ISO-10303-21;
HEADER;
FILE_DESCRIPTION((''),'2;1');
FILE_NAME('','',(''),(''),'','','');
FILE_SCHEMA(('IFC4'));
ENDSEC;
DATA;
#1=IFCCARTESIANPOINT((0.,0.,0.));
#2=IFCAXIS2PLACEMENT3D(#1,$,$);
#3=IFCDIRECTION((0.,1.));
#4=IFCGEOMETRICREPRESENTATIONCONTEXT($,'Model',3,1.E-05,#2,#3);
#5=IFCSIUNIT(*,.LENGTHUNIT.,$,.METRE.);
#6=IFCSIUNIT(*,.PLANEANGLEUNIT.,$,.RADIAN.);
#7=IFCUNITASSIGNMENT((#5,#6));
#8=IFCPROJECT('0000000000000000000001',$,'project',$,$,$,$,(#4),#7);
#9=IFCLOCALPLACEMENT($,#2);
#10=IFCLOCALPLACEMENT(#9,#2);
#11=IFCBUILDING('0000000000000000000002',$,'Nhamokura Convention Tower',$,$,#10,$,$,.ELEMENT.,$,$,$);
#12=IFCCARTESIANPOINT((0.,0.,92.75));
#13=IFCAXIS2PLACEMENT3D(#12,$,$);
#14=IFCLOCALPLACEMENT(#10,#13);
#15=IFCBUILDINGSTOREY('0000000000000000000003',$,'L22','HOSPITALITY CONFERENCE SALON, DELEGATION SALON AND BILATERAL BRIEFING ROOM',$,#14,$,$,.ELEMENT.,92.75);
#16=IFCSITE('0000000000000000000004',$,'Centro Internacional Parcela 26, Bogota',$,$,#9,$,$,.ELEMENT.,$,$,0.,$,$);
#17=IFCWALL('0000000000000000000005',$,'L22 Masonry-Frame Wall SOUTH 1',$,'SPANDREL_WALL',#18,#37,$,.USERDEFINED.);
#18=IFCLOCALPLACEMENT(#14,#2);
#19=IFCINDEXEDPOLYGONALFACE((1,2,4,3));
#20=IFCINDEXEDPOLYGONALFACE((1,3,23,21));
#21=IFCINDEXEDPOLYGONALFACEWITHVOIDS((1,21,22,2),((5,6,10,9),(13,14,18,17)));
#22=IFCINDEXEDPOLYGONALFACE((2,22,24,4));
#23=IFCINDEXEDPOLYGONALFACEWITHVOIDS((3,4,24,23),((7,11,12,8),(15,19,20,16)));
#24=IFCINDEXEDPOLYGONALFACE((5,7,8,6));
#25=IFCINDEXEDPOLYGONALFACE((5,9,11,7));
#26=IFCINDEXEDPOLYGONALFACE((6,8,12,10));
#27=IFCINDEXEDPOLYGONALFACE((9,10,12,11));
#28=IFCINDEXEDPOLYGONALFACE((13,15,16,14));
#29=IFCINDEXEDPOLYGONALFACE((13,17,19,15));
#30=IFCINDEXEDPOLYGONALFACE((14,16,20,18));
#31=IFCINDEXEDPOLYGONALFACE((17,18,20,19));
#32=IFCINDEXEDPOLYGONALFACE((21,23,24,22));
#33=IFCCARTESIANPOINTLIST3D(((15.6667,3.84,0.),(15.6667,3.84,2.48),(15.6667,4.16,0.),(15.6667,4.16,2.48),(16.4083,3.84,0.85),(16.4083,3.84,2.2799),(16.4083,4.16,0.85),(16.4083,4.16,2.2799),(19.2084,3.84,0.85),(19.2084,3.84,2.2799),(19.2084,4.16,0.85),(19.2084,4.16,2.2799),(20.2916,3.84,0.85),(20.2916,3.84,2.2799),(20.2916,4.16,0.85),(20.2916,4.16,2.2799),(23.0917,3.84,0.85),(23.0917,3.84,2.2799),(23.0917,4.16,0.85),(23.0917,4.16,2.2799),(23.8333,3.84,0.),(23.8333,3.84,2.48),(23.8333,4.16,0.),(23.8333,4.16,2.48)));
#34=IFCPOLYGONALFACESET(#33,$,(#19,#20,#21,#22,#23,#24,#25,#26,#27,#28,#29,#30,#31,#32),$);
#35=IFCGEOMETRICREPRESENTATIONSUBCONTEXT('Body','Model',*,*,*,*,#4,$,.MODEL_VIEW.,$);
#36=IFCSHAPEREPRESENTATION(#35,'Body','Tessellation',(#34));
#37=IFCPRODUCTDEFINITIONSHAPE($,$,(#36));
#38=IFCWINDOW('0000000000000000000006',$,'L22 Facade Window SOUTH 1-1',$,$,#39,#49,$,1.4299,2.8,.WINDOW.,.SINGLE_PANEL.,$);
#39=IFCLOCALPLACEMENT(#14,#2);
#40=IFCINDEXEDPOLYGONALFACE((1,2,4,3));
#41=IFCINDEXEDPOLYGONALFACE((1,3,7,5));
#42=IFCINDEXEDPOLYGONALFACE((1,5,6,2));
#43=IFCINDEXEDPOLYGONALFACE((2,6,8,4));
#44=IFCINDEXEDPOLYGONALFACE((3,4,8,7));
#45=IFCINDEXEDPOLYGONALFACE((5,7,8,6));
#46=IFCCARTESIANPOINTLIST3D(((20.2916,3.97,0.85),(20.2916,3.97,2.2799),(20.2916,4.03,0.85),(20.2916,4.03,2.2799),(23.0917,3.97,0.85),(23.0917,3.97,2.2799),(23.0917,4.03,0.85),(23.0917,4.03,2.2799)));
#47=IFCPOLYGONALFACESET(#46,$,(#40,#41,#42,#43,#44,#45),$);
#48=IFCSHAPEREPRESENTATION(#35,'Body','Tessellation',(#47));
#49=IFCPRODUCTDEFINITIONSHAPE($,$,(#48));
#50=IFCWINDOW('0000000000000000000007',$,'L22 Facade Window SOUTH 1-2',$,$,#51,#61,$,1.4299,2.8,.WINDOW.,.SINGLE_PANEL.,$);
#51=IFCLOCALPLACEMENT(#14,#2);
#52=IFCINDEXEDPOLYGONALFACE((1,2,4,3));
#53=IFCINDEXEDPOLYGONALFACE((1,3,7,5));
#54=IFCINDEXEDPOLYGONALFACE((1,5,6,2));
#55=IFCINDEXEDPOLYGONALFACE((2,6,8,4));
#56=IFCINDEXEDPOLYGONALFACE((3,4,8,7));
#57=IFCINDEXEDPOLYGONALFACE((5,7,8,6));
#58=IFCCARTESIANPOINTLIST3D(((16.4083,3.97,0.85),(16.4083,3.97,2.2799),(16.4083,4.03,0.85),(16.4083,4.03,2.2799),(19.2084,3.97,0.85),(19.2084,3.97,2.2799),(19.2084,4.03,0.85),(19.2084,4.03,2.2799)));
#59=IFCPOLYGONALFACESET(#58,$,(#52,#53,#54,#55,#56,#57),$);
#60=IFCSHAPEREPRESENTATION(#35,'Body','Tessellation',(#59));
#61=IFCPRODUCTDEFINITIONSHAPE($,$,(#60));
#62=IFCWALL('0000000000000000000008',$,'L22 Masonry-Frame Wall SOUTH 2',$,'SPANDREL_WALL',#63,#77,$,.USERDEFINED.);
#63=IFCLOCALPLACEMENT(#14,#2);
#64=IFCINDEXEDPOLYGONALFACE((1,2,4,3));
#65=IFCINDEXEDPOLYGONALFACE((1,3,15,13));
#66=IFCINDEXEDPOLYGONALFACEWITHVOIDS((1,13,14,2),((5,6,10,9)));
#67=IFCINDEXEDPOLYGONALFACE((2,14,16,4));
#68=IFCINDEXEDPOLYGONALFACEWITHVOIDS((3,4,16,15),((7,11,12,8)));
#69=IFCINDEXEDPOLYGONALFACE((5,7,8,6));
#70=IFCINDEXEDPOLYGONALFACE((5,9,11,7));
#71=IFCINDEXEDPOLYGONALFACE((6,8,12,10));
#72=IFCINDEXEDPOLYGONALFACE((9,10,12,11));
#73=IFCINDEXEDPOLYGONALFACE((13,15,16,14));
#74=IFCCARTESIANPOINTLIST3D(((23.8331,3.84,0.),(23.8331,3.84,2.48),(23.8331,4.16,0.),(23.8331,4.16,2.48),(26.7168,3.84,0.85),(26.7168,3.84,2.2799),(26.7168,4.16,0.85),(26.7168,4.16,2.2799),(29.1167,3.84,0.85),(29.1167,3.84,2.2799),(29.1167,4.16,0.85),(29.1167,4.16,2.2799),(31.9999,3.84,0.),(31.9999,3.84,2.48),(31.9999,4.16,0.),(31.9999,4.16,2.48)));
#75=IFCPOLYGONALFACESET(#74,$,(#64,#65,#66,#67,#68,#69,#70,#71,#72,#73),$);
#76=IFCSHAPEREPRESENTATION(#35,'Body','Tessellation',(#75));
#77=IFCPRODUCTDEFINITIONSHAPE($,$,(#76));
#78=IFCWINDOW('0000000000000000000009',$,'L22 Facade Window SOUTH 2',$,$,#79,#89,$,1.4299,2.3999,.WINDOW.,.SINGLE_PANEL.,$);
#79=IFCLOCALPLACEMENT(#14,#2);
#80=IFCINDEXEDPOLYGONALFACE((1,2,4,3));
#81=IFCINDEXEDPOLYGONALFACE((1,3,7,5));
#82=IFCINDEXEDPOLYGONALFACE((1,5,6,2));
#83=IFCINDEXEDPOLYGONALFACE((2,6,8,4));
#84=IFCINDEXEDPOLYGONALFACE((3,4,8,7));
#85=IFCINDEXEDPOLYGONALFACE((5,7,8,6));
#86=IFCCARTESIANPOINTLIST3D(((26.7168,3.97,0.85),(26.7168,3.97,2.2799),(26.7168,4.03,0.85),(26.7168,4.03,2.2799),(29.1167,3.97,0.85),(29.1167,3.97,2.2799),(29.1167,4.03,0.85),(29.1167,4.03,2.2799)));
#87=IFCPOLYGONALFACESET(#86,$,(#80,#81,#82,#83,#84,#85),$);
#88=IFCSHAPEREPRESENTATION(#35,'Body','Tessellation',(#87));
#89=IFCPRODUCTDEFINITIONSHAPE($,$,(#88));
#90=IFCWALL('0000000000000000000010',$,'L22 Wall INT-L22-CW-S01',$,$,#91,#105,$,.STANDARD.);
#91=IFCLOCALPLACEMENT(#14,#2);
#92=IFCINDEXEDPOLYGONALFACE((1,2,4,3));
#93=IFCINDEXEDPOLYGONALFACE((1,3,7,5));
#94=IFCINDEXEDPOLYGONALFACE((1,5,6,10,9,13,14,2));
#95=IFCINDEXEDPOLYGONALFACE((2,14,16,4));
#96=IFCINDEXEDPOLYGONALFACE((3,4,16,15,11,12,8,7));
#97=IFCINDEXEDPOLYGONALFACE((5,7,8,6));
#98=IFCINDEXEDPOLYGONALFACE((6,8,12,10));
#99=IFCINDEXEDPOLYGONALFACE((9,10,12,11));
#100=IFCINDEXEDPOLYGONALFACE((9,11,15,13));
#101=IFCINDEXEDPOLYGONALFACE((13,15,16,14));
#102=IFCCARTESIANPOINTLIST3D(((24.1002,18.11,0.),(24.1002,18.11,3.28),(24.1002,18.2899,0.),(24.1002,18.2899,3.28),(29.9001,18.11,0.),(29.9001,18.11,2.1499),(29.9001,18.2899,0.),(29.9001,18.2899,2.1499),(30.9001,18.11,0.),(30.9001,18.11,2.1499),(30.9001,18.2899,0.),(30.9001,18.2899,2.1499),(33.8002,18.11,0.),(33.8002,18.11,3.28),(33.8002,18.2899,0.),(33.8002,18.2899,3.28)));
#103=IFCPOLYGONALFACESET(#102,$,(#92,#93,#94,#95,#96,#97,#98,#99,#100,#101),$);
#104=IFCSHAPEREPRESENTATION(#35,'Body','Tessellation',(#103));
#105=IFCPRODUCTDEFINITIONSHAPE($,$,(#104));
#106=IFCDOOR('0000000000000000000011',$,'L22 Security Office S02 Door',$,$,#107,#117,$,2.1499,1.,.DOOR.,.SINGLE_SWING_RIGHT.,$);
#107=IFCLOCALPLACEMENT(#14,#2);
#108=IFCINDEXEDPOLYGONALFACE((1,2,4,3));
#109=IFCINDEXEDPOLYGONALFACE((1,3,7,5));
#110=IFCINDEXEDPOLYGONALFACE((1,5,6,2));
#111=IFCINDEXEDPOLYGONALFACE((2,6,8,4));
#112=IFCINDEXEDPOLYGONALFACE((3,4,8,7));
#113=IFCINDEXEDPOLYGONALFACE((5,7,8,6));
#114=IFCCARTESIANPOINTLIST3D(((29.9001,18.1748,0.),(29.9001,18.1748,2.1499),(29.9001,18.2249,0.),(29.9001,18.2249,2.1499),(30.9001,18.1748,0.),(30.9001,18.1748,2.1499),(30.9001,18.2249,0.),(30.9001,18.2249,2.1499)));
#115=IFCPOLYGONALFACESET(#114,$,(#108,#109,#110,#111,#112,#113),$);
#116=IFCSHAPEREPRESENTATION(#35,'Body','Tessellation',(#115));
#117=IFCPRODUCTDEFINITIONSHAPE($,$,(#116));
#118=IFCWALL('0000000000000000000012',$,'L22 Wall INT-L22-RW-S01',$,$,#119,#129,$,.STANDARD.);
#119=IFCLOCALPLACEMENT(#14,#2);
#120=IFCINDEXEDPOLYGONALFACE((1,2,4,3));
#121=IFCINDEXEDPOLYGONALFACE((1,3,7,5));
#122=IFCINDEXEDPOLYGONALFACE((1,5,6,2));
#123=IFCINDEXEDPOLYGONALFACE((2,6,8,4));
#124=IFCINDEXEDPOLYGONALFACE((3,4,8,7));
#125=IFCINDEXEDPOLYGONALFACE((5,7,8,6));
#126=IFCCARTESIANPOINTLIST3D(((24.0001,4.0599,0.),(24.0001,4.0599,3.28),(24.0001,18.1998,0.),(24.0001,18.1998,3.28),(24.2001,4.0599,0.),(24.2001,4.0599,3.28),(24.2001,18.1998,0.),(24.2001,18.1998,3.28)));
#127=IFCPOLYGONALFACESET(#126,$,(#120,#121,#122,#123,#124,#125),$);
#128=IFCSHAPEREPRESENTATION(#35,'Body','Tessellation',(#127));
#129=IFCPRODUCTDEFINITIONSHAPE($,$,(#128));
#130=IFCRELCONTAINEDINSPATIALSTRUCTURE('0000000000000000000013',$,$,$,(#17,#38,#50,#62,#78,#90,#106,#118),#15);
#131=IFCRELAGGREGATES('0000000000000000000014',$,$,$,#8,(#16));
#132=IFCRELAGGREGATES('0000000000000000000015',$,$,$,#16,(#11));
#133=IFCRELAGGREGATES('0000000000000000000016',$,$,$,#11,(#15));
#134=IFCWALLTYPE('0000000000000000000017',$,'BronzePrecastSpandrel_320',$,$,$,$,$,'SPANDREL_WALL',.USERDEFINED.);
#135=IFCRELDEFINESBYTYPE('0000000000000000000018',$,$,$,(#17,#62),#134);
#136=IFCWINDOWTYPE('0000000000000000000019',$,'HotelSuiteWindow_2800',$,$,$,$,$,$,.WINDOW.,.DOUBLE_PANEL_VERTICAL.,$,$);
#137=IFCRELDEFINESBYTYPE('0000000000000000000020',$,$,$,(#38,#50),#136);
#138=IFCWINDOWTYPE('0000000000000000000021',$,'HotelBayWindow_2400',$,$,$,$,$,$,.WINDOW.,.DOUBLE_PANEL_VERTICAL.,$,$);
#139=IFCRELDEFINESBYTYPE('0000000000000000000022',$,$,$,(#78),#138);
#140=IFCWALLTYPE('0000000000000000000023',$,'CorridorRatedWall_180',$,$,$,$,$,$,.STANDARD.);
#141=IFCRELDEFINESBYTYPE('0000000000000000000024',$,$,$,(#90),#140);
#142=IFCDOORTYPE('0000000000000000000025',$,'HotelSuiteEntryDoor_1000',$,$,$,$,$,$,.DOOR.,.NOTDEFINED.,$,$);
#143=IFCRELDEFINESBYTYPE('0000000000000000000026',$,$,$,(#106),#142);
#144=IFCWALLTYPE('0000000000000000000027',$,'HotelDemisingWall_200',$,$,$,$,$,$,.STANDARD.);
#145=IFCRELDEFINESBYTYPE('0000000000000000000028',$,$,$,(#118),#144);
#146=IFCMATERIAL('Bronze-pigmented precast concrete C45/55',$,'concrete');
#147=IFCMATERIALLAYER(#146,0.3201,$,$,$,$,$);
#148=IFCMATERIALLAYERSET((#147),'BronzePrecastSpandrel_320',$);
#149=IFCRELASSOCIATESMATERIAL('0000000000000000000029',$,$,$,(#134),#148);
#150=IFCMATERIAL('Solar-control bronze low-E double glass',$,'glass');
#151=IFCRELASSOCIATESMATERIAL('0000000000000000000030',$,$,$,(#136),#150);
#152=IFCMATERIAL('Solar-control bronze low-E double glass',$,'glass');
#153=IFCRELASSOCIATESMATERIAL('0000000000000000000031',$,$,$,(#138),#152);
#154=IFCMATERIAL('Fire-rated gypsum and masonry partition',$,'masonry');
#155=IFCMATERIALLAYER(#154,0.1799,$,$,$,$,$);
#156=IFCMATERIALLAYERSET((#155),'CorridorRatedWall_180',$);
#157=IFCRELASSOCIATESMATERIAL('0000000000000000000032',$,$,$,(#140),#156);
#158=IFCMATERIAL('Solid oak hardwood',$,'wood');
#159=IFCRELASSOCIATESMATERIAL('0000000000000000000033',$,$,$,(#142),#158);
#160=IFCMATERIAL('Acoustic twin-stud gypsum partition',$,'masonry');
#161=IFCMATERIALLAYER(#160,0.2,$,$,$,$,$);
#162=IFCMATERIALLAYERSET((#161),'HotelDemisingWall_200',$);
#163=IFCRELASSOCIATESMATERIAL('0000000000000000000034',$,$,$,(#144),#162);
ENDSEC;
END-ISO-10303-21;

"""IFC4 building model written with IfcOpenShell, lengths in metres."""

from ifc_helpers import new_model, si_unit, direction, frame, frame_2d, origin, place, context, subcontext, project, spatial, rectangle, extrude, material, layer, layer_set, type_object, element, fill, save


model = new_model("IFC4")

# Units and contexts
model_context = context("Model", 3, precision=1e-05, world=origin(), true_north=direction((0.0, 1.0)))
body_context = subcontext(model_context, "Body", "Model", "MODEL_VIEW")
ifc_project = project(units=[si_unit("LENGTHUNIT", "METRE"), si_unit("PLANEANGLEUNIT", "RADIAN")], contexts=[model_context])

# Site, building, storey
site_placement = place(None, origin())
site = spatial("IfcSite", under=ifc_project, at=site_placement, Name="Centro Internacional Parcela 26, Bogota", CompositionType="ELEMENT", RefElevation=0.0)
building_placement = place(site_placement, origin())
building = spatial("IfcBuilding", under=site, at=building_placement, Name="Nhamokura Convention Tower", CompositionType="ELEMENT")
storey_placement = place(building_placement, frame((0.0, 0.0, 92.75)))
storey = spatial("IfcBuildingStorey", under=building, at=storey_placement, Name="L22", Description="HOSPITALITY CONFERENCE SALON, DELEGATION SALON AND BILATERAL BRIEFING ROOM", CompositionType="ELEMENT", Elevation=92.75)

# Wall, openings, windows
ifc_material_1 = material(Name="Bronze-pigmented precast concrete C45/55", Category="concrete")
ifc_layer_1 = layer(ifc_material_1, 0.3201)
ifc_layer_set_1 = layer_set([ifc_layer_1], Name="BronzePrecastSpandrel_320")
wall_type_1 = type_object("IfcWallType", Name="BronzePrecastSpandrel_320", ElementType="SPANDREL_WALL", PredefinedType="USERDEFINED", material=ifc_layer_set_1)
wall_1_placement = place(storey_placement, frame((23.8333, 4.0, 0.0), z_axis=(0.0, 0.0, 1.0), x_axis=(-1.0, 0.0, 0.0)))
wall_1 = element("IfcWall", 1, at=wall_1_placement, inside=storey, type_object=wall_type_1, Name="L22 Masonry-Frame Wall SOUTH 1", ObjectType="SPANDREL_WALL", PredefinedType="USERDEFINED", context=body_context, shape_type="SweptSolid", body=[
    extrude(rectangle(XDim=8.1665, YDim=0.3201, at=frame_2d((4.0833, 0.0))), origin(), (0.0, 0.0, 1.0), 2.48),
])
opening_1_placement = place(wall_1_placement, frame((0.7417, 0.0, 0.8501)))
opening_1 = element("IfcOpeningElement", 2, at=opening_1_placement, cuts=wall_1, PredefinedType="OPENING", context=body_context, shape_type="SweptSolid", body=[
    extrude(rectangle(XDim=2.8, YDim=1.4299, at=frame_2d((1.3999, 0.7148))), frame((0.0, 0.1699, 0.0), z_axis=(0.0, -1.0, 0.0), x_axis=(1.0, 0.0, 0.0)), (0.0, 0.0, 1.0), 0.3401),
])
opening_2_placement = place(wall_1_placement, frame((4.625, 0.0, 0.8501)))
opening_2 = element("IfcOpeningElement", 3, at=opening_2_placement, cuts=wall_1, PredefinedType="OPENING", context=body_context, shape_type="SweptSolid", body=[
    extrude(rectangle(XDim=2.8, YDim=1.4299, at=frame_2d((1.3999, 0.7148))), frame((0.0, 0.1699, 0.0), z_axis=(0.0, -1.0, 0.0), x_axis=(1.0, 0.0, 0.0)), (0.0, 0.0, 1.0), 0.3401),
])
ifc_material_2 = material(Name="Solar-control bronze low-E double glass", Category="glass")
window_type_1 = type_object("IfcWindowType", Name="HotelSuiteWindow_2800", PartitioningType="DOUBLE_PANEL_VERTICAL", PredefinedType="WINDOW", material=ifc_material_2)
window_1_placement = place(opening_1_placement, origin())
window_1 = element("IfcWindow", 4, at=window_1_placement, inside=storey, type_object=window_type_1, Name="L22 Facade Window SOUTH 1-1", OverallHeight=1.4299, OverallWidth=2.8, PartitioningType="SINGLE_PANEL", PredefinedType="WINDOW", context=body_context, shape_type="SweptSolid", body=[
    extrude(rectangle(XDim=2.8, YDim=1.4299, at=frame_2d((1.3999, 0.7148))), frame((0.0, 0.03, 0.0), z_axis=(0.0, -1.0, 0.0), x_axis=(1.0, 0.0, 0.0)), (0.0, 0.0, 1.0), 0.0601),
])
fill(opening_1, window_1)
window_2_placement = place(opening_2_placement, origin())
window_2 = element("IfcWindow", 5, at=window_2_placement, inside=storey, type_object=window_type_1, Name="L22 Facade Window SOUTH 1-2", OverallHeight=1.4299, OverallWidth=2.8, PartitioningType="SINGLE_PANEL", PredefinedType="WINDOW", context=body_context, shape_type="SweptSolid", body=[
    extrude(rectangle(XDim=2.8, YDim=1.4299, at=frame_2d((1.3999, 0.7148))), frame((0.0, 0.03, 0.0), z_axis=(0.0, -1.0, 0.0), x_axis=(1.0, 0.0, 0.0)), (0.0, 0.0, 1.0), 0.0601),
])
fill(opening_2, window_2)

# Wall, opening, window
wall_2_placement = place(storey_placement, frame((32.0, 4.0, 0.0), z_axis=(0.0, 0.0, 1.0), x_axis=(-1.0, 0.0, 0.0)))
wall_2 = element("IfcWall", 6, at=wall_2_placement, inside=storey, type_object=wall_type_1, Name="L22 Masonry-Frame Wall SOUTH 2", ObjectType="SPANDREL_WALL", PredefinedType="USERDEFINED", context=body_context, shape_type="SweptSolid", body=[
    extrude(rectangle(XDim=8.1667, YDim=0.3201, at=frame_2d((4.0835, 0.0))), origin(), (0.0, 0.0, 1.0), 2.48),
])
opening_3_placement = place(wall_2_placement, frame((2.8833, 0.0, 0.8501)))
opening_3 = element("IfcOpeningElement", 7, at=opening_3_placement, cuts=wall_2, PredefinedType="OPENING", context=body_context, shape_type="SweptSolid", body=[
    extrude(rectangle(XDim=2.3999, YDim=1.4299, at=frame_2d((1.2, 0.7148))), frame((0.0, 0.1699, 0.0), z_axis=(0.0, -1.0, 0.0), x_axis=(1.0, 0.0, 0.0)), (0.0, 0.0, 1.0), 0.3401),
])
ifc_material_3 = material(Name="Solar-control bronze low-E double glass", Category="glass")
window_type_2 = type_object("IfcWindowType", Name="HotelBayWindow_2400", PartitioningType="DOUBLE_PANEL_VERTICAL", PredefinedType="WINDOW", material=ifc_material_3)
window_3_placement = place(opening_3_placement, origin())
window_3 = element("IfcWindow", 8, at=window_3_placement, inside=storey, type_object=window_type_2, Name="L22 Facade Window SOUTH 2", OverallHeight=1.4299, OverallWidth=2.3999, PartitioningType="SINGLE_PANEL", PredefinedType="WINDOW", context=body_context, shape_type="SweptSolid", body=[
    extrude(rectangle(XDim=2.3999, YDim=1.4299, at=frame_2d((1.2, 0.7148))), frame((0.0, 0.03, 0.0), z_axis=(0.0, -1.0, 0.0), x_axis=(1.0, 0.0, 0.0)), (0.0, 0.0, 1.0), 0.0601),
])
fill(opening_3, window_3)

# Wall, opening, door
ifc_material_4 = material(Name="Fire-rated gypsum and masonry partition", Category="masonry")
ifc_layer_2 = layer(ifc_material_4, 0.1799)
ifc_layer_set_2 = layer_set([ifc_layer_2], Name="CorridorRatedWall_180")
wall_type_2 = type_object("IfcWallType", Name="CorridorRatedWall_180", PredefinedType="STANDARD", material=ifc_layer_set_2)
wall_3_placement = place(storey_placement, frame((24.1001, 18.2, 0.0), z_axis=(0.0, 0.0, 1.0), x_axis=(1.0, 0.0, 0.0)))
wall_3 = element("IfcWall", 9, at=wall_3_placement, inside=storey, type_object=wall_type_2, Name="L22 Wall INT-L22-CW-S01", PredefinedType="STANDARD", context=body_context, shape_type="SweptSolid", body=[
    extrude(rectangle(XDim=9.7, YDim=0.1799, at=frame_2d((4.8501, 0.0))), origin(), (0.0, 0.0, 1.0), 3.28),
])
opening_4_placement = place(wall_3_placement, frame((5.8, 0.0, 0.0)))
opening_4 = element("IfcOpeningElement", 10, at=opening_4_placement, cuts=wall_3, PredefinedType="OPENING", context=body_context, shape_type="SweptSolid", body=[
    extrude(rectangle(XDim=1.0, YDim=2.1499, at=frame_2d((0.5, 1.075))), frame((0.0, 0.0999, 0.0), z_axis=(0.0, -1.0, 0.0), x_axis=(1.0, 0.0, 0.0)), (0.0, 0.0, 1.0), 0.2),
])
ifc_material_5 = material(Name="Solid oak hardwood", Category="wood")
door_type_1 = type_object("IfcDoorType", Name="HotelSuiteEntryDoor_1000", OperationType="NOTDEFINED", PredefinedType="DOOR", material=ifc_material_5)
door_1_placement = place(opening_4_placement, origin())
door_1 = element("IfcDoor", 11, at=door_1_placement, inside=storey, type_object=door_type_1, Name="L22 Security Office S02 Door", OperationType="SINGLE_SWING_RIGHT", OverallHeight=2.1499, OverallWidth=1.0, PredefinedType="DOOR", context=body_context, shape_type="SweptSolid", body=[
    extrude(rectangle(XDim=1.0, YDim=2.1499, at=frame_2d((0.5, 1.075))), frame((0.0, 0.0249, 0.0), z_axis=(0.0, -1.0, 0.0), x_axis=(1.0, 0.0, 0.0)), (0.0, 0.0, 1.0), 0.05),
])
fill(opening_4, door_1)

# Wall
ifc_material_6 = material(Name="Acoustic twin-stud gypsum partition", Category="masonry")
ifc_layer_3 = layer(ifc_material_6, 0.2)
ifc_layer_set_3 = layer_set([ifc_layer_3], Name="HotelDemisingWall_200")
wall_type_3 = type_object("IfcWallType", Name="HotelDemisingWall_200", PredefinedType="STANDARD", material=ifc_layer_set_3)
wall_4_placement = place(storey_placement, frame((24.1001, 4.0601, 0.0), z_axis=(0.0, 0.0, 1.0), x_axis=(0.0, 1.0, 0.0)))
element("IfcWall", 12, at=wall_4_placement, inside=storey, type_object=wall_type_3, Name="L22 Wall INT-L22-RW-S01", PredefinedType="STANDARD", context=body_context, shape_type="SweptSolid", body=[
    extrude(rectangle(XDim=14.1399, YDim=0.2, at=frame_2d((7.0698, 0.0))), origin(), (0.0, 0.0, 1.0), 3.28),
])

save(model, "model.ifc")
